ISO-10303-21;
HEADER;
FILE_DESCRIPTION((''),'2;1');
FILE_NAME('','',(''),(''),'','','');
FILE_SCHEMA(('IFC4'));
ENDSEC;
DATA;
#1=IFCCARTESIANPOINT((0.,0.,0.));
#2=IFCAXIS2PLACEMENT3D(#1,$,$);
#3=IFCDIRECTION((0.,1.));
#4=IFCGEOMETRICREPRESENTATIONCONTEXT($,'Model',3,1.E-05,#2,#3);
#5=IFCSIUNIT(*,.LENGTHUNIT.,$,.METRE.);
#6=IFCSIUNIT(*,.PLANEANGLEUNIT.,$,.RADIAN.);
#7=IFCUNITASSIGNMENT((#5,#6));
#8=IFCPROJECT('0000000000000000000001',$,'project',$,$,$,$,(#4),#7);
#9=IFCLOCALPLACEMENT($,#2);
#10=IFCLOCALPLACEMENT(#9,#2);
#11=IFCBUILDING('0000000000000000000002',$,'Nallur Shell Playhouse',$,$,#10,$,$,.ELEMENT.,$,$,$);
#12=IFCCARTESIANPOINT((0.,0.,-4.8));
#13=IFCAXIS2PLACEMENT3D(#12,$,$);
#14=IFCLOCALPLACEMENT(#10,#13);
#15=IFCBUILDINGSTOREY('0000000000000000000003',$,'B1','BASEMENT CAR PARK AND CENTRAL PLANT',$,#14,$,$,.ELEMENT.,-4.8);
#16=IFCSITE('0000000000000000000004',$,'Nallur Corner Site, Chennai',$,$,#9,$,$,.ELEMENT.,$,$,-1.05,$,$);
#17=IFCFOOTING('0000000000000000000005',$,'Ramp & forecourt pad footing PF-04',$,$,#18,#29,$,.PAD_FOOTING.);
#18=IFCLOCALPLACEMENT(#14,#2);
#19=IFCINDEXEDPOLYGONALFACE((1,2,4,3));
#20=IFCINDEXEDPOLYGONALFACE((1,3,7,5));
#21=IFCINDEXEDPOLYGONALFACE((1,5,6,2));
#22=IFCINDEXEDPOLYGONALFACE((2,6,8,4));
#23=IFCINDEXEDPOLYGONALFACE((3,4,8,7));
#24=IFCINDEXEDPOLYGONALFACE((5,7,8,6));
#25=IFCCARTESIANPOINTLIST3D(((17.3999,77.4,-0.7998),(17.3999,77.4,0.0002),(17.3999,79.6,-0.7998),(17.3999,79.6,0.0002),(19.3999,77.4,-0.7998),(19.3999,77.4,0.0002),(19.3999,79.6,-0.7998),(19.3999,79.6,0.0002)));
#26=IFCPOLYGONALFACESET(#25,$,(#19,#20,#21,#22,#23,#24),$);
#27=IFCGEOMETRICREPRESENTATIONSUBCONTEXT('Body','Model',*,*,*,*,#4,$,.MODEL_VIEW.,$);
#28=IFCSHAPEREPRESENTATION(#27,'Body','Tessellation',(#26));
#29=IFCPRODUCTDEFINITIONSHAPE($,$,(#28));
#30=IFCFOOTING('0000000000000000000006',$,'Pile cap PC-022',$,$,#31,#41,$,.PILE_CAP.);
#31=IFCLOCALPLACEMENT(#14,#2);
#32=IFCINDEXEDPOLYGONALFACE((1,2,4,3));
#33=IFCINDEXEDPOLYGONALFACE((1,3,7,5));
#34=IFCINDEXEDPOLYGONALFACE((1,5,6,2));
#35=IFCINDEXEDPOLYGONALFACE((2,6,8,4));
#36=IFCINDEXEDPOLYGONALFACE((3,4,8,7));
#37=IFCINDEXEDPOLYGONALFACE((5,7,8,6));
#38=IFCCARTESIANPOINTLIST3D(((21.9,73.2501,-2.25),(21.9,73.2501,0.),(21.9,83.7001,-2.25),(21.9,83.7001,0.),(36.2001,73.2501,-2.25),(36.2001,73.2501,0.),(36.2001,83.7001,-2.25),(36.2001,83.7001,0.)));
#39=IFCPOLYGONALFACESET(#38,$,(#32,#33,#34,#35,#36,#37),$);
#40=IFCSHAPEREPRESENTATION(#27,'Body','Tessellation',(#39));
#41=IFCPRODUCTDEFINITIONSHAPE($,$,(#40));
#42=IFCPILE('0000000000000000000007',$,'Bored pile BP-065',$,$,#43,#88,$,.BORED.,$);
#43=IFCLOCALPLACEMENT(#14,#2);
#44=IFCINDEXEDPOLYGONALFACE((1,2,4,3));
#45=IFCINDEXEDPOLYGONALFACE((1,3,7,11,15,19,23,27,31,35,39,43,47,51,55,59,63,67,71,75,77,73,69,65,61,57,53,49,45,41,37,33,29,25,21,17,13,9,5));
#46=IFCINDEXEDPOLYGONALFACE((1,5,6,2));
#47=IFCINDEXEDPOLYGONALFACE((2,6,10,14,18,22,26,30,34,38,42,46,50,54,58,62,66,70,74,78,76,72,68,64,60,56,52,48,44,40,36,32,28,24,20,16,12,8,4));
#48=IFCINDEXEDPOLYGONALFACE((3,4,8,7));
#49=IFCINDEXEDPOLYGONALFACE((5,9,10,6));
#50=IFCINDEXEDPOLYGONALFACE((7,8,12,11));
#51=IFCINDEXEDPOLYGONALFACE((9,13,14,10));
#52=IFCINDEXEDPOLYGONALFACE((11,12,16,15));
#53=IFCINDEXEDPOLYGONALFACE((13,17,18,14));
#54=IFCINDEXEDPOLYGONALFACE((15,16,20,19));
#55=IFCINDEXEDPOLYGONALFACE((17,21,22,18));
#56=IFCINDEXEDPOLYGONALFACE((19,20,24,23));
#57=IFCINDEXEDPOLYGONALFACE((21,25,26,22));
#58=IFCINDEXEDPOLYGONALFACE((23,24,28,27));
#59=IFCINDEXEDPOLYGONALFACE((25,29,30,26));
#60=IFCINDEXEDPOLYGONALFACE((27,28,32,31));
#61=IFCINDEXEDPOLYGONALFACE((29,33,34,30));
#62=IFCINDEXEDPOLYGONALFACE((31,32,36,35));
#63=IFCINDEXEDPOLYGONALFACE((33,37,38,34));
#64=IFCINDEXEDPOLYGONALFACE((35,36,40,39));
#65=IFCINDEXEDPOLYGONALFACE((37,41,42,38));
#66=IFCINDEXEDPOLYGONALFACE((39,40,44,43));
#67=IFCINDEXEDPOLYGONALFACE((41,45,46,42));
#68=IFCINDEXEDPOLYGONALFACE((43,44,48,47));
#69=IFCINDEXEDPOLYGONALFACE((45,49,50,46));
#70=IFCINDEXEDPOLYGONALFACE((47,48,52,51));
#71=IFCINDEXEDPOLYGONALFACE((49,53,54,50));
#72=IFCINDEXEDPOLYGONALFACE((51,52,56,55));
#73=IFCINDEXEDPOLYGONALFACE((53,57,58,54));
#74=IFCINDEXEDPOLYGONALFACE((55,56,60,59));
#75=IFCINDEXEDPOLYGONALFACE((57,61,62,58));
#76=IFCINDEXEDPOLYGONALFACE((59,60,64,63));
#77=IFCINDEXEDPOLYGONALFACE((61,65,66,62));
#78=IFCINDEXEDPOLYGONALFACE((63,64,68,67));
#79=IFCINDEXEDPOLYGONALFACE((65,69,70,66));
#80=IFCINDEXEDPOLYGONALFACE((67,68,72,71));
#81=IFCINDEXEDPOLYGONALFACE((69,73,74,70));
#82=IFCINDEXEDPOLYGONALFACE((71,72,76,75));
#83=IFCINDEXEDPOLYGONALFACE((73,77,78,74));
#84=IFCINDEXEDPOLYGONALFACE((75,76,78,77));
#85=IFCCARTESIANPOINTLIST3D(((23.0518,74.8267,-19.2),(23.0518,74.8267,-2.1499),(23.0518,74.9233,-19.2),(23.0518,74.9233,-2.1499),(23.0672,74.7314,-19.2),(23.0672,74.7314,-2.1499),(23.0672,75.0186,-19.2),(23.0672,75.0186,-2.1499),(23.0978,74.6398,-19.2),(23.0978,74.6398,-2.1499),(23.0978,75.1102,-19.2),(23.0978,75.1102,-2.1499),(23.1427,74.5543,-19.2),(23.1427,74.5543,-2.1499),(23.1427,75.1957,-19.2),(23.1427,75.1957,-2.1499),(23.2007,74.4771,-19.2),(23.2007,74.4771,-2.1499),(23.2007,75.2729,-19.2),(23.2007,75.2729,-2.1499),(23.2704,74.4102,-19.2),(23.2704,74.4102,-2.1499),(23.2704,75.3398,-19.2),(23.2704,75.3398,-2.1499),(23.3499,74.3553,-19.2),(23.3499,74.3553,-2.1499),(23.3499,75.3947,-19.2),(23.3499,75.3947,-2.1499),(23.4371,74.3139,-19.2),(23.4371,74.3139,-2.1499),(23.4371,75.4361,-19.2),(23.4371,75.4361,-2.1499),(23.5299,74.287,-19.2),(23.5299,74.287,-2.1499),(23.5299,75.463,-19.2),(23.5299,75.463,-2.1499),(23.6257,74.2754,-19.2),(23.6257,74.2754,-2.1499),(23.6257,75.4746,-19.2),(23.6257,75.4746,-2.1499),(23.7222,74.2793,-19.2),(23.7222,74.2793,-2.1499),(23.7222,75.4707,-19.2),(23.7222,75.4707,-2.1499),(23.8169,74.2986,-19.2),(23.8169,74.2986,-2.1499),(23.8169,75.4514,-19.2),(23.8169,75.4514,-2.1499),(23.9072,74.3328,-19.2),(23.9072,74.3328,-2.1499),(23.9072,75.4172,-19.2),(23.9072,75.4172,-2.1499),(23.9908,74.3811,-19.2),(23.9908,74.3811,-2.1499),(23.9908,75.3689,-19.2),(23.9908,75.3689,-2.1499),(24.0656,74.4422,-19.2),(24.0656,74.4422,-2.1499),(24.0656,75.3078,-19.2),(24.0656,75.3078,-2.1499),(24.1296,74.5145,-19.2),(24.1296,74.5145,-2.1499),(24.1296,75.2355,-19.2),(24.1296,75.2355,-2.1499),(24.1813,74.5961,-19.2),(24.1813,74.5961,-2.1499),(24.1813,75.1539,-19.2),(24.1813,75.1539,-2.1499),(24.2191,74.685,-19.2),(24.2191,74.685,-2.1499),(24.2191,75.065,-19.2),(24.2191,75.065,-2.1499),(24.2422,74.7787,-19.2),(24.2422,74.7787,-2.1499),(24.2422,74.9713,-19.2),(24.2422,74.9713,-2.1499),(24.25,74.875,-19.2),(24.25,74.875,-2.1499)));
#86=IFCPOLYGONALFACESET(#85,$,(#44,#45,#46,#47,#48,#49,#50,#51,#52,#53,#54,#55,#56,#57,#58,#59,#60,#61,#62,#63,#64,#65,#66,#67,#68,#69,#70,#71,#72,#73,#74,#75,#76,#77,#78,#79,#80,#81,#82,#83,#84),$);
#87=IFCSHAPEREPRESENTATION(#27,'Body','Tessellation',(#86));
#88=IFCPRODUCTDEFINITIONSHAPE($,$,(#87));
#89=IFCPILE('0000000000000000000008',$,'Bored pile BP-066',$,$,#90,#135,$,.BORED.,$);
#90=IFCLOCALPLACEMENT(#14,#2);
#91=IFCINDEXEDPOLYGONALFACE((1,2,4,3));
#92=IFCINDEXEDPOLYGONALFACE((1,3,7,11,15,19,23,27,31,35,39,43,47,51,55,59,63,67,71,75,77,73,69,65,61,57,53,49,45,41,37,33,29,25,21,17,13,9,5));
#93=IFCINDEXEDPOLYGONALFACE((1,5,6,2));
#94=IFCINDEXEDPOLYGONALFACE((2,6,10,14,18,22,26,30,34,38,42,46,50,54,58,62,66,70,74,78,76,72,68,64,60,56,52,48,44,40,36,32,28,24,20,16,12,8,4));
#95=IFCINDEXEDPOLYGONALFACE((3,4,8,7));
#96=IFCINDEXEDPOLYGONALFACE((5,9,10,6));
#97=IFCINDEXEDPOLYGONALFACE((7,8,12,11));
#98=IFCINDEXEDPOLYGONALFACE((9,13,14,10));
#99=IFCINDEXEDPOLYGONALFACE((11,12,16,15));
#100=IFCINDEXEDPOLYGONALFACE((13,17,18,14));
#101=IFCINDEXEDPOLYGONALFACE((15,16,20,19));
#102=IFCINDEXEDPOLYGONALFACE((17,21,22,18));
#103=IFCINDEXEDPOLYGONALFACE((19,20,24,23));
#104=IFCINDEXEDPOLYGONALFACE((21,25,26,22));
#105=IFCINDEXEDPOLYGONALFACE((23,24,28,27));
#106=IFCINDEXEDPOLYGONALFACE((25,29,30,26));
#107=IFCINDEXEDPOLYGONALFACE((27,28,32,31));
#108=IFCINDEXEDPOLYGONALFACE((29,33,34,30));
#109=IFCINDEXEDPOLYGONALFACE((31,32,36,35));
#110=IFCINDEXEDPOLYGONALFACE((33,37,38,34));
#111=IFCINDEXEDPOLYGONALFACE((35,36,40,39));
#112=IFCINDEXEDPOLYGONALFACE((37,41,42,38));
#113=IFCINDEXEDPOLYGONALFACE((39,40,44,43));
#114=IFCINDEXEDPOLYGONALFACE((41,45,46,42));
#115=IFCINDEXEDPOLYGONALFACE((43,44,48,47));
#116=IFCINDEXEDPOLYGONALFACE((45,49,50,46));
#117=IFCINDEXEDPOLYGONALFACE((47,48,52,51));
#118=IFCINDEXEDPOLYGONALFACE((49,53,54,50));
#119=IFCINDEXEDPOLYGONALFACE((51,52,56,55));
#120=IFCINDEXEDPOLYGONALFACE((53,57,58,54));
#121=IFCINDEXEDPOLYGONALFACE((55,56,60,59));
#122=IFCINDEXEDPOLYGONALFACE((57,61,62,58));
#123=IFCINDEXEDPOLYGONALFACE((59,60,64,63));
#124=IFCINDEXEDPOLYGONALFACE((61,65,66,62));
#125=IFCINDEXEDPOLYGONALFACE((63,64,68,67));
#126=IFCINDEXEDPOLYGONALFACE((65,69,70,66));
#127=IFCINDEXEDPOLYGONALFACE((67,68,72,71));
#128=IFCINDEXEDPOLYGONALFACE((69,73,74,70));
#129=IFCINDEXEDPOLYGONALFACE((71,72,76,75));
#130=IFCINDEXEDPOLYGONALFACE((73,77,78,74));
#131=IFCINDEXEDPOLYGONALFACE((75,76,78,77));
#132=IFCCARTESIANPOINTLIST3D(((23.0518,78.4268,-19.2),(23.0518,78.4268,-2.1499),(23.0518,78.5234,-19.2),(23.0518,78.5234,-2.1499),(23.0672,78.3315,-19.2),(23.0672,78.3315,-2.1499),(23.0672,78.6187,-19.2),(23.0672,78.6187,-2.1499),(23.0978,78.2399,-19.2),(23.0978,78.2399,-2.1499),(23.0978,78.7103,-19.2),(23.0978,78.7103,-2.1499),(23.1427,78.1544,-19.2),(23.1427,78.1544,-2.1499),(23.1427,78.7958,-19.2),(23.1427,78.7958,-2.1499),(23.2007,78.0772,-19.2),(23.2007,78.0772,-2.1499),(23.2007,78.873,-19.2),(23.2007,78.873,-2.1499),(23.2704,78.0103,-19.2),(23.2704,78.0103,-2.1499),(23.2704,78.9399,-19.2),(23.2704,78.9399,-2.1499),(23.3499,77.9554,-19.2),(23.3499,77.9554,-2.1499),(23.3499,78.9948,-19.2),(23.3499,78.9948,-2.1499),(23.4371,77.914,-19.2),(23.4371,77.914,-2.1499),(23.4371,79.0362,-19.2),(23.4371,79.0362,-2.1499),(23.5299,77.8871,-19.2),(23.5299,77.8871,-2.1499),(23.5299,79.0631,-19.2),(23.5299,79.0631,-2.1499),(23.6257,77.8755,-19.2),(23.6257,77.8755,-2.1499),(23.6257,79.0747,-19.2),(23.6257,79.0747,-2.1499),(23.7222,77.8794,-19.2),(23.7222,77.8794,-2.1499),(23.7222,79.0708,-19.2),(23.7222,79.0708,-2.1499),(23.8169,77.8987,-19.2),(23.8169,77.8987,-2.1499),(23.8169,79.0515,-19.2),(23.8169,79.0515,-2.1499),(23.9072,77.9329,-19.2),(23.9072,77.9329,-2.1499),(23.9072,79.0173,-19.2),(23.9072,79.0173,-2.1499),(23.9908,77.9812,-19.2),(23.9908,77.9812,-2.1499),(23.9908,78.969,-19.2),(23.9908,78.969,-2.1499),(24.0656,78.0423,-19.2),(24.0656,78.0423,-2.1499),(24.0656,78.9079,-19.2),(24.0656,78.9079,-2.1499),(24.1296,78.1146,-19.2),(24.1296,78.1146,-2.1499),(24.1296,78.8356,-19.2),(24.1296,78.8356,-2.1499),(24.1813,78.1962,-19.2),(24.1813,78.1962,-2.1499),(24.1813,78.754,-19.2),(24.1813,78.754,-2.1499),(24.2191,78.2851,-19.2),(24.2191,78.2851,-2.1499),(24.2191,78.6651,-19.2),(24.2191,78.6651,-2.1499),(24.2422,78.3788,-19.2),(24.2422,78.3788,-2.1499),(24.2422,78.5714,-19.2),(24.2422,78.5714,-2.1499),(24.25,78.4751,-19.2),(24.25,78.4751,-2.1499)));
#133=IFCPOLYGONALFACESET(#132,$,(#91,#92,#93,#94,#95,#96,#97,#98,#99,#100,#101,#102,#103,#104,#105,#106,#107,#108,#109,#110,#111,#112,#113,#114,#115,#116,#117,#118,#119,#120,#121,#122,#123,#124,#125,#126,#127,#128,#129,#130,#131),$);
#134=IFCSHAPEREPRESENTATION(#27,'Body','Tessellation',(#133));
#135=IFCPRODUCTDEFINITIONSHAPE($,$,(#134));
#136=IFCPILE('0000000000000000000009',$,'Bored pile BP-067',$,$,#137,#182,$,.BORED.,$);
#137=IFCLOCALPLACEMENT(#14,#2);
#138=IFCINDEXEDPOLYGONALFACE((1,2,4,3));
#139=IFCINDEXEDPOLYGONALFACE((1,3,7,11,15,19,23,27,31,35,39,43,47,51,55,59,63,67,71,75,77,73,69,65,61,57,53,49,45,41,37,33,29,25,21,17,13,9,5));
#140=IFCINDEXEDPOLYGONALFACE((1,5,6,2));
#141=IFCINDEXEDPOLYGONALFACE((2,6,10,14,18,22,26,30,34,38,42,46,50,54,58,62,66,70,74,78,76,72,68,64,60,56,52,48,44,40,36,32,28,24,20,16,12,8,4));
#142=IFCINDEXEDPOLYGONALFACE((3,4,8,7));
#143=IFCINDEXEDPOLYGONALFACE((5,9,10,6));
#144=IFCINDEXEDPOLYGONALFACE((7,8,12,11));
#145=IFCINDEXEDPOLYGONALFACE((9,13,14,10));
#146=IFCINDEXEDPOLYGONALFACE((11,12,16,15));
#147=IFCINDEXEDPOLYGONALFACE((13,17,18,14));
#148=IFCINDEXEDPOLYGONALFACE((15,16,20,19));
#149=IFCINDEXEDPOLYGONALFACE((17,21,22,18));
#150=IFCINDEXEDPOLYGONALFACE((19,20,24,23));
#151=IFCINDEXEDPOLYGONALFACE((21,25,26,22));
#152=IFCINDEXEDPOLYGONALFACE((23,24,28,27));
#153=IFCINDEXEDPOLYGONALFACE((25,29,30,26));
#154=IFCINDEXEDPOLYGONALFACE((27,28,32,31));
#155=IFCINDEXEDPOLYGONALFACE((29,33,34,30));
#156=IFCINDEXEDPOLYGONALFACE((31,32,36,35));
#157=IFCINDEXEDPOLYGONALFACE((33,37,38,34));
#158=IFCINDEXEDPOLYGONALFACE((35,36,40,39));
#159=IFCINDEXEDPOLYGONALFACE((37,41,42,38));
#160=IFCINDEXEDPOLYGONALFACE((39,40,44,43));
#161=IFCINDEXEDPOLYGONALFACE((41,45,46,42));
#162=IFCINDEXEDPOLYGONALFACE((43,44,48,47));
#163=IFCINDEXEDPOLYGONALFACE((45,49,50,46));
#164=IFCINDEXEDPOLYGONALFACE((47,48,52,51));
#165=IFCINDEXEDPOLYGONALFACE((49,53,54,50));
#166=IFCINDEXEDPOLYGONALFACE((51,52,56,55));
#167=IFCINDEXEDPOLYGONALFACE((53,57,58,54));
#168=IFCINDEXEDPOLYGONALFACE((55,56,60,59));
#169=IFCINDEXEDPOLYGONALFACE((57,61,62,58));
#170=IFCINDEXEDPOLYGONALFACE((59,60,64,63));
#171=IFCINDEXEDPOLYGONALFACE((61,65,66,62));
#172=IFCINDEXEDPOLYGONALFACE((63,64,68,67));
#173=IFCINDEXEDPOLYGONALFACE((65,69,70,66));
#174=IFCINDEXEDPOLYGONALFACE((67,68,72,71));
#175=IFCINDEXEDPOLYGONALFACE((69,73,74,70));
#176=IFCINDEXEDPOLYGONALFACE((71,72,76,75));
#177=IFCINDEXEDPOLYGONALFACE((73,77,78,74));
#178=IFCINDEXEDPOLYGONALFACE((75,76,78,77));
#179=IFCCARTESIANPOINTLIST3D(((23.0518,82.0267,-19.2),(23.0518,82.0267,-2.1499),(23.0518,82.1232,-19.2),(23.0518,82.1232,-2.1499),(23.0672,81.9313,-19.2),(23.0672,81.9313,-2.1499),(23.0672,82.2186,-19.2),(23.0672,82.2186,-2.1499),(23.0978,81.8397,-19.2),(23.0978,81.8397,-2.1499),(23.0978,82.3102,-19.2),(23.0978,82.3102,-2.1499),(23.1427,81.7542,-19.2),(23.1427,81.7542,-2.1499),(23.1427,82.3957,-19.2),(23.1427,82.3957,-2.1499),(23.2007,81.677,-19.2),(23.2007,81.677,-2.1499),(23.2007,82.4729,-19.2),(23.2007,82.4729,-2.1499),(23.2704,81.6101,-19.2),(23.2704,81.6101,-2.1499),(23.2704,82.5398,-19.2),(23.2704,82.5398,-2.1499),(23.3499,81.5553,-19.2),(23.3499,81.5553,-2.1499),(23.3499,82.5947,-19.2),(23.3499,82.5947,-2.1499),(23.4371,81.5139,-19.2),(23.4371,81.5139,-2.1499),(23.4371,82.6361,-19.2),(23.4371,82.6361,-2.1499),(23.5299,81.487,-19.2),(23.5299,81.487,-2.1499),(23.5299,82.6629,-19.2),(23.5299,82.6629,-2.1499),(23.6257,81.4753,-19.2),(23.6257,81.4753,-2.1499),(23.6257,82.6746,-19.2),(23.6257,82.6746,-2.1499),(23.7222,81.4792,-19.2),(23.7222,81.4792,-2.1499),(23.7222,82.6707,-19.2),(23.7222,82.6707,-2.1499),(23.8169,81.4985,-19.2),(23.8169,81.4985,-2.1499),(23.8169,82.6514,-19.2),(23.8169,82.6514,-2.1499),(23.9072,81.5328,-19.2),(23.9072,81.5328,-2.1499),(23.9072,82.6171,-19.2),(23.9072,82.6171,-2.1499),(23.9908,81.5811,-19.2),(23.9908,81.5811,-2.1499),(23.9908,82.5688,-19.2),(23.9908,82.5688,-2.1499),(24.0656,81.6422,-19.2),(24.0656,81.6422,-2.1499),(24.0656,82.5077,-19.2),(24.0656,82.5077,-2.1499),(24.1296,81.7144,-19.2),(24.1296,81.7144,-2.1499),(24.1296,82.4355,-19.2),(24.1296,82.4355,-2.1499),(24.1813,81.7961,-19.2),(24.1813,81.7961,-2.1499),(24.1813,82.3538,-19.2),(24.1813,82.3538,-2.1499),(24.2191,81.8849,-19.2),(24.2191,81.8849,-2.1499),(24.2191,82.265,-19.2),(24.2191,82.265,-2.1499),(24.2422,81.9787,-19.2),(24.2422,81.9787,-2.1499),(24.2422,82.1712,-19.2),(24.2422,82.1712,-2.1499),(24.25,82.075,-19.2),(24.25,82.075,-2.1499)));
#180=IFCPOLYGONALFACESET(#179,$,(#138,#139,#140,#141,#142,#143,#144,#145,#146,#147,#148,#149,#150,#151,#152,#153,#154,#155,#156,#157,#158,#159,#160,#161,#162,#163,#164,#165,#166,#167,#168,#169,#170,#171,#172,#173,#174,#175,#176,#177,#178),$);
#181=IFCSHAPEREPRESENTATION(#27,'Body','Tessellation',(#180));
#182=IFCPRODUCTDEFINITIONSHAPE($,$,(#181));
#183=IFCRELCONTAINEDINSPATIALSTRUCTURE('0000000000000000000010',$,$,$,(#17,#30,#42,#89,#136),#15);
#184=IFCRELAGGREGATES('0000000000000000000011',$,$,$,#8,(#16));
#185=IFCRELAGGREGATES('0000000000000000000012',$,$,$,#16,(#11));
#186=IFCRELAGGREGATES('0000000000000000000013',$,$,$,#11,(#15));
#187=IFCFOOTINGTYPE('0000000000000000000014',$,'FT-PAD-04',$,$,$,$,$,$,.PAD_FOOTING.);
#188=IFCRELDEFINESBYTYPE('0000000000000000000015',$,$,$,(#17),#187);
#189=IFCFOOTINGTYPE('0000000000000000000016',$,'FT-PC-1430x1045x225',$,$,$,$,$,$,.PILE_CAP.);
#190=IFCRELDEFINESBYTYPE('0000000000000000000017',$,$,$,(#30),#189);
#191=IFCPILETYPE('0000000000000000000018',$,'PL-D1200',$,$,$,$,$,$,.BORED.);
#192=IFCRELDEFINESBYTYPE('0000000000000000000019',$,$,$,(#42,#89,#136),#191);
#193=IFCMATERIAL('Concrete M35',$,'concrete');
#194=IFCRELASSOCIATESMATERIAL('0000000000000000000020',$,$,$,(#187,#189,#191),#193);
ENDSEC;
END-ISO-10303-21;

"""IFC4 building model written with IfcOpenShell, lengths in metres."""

from ifc_helpers import new_model, si_unit, direction, frame, origin, origin_2d, place, context, subcontext, project, spatial, rectangle, circle, extrude, material, material_profile, profile_set, type_object, element, save


model = new_model("IFC4")

# Units and contexts
model_context = context("Model", 3, precision=1e-05, world=origin(), true_north=direction((0.0, 1.0)))
body_context = subcontext(model_context, "Body", "Model", "MODEL_VIEW")
ifc_project = project(units=[si_unit("LENGTHUNIT", "METRE"), si_unit("PLANEANGLEUNIT", "RADIAN")], contexts=[model_context])

# Site, building, storey
site_placement = place(None, origin())
site = spatial("IfcSite", under=ifc_project, at=site_placement, Name="Nallur Corner Site, Chennai", CompositionType="ELEMENT", RefElevation=-1.05)
building_placement = place(site_placement, origin())
building = spatial("IfcBuilding", under=site, at=building_placement, Name="Nallur Shell Playhouse", CompositionType="ELEMENT")
storey_placement = place(building_placement, frame((0.0, 0.0, -4.8)))
storey = spatial("IfcBuildingStorey", under=building, at=storey_placement, Name="B1", Description="BASEMENT CAR PARK AND CENTRAL PLANT", CompositionType="ELEMENT", Elevation=-4.8)

# Footings
ifc_material_1 = material(Name="Concrete M35", Category="concrete")
footing_type_1 = type_object("IfcFootingType", Name="FT-PAD-04", PredefinedType="PAD_FOOTING", material=ifc_material_1)
footing_1_placement = place(storey_placement, frame((18.3999, 78.5, -0.7998), z_axis=(0.0, 0.0, 1.0), x_axis=(1.0, 0.0, 0.0)))
element("IfcFooting", 1, at=footing_1_placement, inside=storey, type_object=footing_type_1, Name="Ramp & forecourt pad footing PF-04", PredefinedType="PAD_FOOTING", context=body_context, shape_type="SweptSolid", body=[
    extrude(rectangle(XDim=2.0, YDim=2.2, at=origin_2d()), origin(), (0.0, 0.0, 1.0), 0.8),
])
footing_type_2 = type_object("IfcFootingType", Name="FT-PC-1430x1045x225", PredefinedType="PILE_CAP", material=ifc_material_1)
footing_2_placement = place(storey_placement, frame((29.05, 78.4751, -2.25), z_axis=(0.0, 0.0, 1.0), x_axis=(1.0, 0.0, 0.0)))
element("IfcFooting", 2, at=footing_2_placement, inside=storey, type_object=footing_type_2, Name="Pile cap PC-022", PredefinedType="PILE_CAP", context=body_context, shape_type="SweptSolid", body=[
    extrude(rectangle(XDim=14.3, YDim=10.45, at=origin_2d()), origin(), (0.0, 0.0, 1.0), 2.25),
])

# Piles
ifc_material_profile_1 = material_profile(ifc_material_1, circle(Radius=0.6001, at=origin_2d()), Name="BORED PILE D1200")
ifc_profile_set_1 = profile_set([ifc_material_profile_1], Name="Concrete M35")
pile_type_1 = type_object("IfcPileType", Name="PL-D1200", PredefinedType="BORED", material=ifc_profile_set_1)
for number, where, z_axis, x_axis, name in (
    (3, (23.6499, 74.875, -2.1499), (0.0, 0.0, -1.0), (1.0, 0.0, 0.0), "Bored pile BP-065"),
    (4, (23.6499, 78.4751, -2.1499), (0.0, 0.0, -1.0), (1.0, 0.0, 0.0), "Bored pile BP-066"),
    (5, (23.6499, 82.075, -2.1499), (0.0, 0.0, -1.0), (1.0, 0.0, 0.0), "Bored pile BP-067"),
):
    element("IfcPile", number, at=place(storey_placement, frame(where, z_axis=z_axis, x_axis=x_axis)), inside=storey, type_object=pile_type_1, Name=name, PredefinedType="BORED", context=body_context, shape_type="SweptSolid", body=[
        extrude(circle(Radius=0.6001, at=origin_2d()), origin(), (0.0, 0.0, 1.0), 17.05),
    ])

save(model, "model.ifc")
